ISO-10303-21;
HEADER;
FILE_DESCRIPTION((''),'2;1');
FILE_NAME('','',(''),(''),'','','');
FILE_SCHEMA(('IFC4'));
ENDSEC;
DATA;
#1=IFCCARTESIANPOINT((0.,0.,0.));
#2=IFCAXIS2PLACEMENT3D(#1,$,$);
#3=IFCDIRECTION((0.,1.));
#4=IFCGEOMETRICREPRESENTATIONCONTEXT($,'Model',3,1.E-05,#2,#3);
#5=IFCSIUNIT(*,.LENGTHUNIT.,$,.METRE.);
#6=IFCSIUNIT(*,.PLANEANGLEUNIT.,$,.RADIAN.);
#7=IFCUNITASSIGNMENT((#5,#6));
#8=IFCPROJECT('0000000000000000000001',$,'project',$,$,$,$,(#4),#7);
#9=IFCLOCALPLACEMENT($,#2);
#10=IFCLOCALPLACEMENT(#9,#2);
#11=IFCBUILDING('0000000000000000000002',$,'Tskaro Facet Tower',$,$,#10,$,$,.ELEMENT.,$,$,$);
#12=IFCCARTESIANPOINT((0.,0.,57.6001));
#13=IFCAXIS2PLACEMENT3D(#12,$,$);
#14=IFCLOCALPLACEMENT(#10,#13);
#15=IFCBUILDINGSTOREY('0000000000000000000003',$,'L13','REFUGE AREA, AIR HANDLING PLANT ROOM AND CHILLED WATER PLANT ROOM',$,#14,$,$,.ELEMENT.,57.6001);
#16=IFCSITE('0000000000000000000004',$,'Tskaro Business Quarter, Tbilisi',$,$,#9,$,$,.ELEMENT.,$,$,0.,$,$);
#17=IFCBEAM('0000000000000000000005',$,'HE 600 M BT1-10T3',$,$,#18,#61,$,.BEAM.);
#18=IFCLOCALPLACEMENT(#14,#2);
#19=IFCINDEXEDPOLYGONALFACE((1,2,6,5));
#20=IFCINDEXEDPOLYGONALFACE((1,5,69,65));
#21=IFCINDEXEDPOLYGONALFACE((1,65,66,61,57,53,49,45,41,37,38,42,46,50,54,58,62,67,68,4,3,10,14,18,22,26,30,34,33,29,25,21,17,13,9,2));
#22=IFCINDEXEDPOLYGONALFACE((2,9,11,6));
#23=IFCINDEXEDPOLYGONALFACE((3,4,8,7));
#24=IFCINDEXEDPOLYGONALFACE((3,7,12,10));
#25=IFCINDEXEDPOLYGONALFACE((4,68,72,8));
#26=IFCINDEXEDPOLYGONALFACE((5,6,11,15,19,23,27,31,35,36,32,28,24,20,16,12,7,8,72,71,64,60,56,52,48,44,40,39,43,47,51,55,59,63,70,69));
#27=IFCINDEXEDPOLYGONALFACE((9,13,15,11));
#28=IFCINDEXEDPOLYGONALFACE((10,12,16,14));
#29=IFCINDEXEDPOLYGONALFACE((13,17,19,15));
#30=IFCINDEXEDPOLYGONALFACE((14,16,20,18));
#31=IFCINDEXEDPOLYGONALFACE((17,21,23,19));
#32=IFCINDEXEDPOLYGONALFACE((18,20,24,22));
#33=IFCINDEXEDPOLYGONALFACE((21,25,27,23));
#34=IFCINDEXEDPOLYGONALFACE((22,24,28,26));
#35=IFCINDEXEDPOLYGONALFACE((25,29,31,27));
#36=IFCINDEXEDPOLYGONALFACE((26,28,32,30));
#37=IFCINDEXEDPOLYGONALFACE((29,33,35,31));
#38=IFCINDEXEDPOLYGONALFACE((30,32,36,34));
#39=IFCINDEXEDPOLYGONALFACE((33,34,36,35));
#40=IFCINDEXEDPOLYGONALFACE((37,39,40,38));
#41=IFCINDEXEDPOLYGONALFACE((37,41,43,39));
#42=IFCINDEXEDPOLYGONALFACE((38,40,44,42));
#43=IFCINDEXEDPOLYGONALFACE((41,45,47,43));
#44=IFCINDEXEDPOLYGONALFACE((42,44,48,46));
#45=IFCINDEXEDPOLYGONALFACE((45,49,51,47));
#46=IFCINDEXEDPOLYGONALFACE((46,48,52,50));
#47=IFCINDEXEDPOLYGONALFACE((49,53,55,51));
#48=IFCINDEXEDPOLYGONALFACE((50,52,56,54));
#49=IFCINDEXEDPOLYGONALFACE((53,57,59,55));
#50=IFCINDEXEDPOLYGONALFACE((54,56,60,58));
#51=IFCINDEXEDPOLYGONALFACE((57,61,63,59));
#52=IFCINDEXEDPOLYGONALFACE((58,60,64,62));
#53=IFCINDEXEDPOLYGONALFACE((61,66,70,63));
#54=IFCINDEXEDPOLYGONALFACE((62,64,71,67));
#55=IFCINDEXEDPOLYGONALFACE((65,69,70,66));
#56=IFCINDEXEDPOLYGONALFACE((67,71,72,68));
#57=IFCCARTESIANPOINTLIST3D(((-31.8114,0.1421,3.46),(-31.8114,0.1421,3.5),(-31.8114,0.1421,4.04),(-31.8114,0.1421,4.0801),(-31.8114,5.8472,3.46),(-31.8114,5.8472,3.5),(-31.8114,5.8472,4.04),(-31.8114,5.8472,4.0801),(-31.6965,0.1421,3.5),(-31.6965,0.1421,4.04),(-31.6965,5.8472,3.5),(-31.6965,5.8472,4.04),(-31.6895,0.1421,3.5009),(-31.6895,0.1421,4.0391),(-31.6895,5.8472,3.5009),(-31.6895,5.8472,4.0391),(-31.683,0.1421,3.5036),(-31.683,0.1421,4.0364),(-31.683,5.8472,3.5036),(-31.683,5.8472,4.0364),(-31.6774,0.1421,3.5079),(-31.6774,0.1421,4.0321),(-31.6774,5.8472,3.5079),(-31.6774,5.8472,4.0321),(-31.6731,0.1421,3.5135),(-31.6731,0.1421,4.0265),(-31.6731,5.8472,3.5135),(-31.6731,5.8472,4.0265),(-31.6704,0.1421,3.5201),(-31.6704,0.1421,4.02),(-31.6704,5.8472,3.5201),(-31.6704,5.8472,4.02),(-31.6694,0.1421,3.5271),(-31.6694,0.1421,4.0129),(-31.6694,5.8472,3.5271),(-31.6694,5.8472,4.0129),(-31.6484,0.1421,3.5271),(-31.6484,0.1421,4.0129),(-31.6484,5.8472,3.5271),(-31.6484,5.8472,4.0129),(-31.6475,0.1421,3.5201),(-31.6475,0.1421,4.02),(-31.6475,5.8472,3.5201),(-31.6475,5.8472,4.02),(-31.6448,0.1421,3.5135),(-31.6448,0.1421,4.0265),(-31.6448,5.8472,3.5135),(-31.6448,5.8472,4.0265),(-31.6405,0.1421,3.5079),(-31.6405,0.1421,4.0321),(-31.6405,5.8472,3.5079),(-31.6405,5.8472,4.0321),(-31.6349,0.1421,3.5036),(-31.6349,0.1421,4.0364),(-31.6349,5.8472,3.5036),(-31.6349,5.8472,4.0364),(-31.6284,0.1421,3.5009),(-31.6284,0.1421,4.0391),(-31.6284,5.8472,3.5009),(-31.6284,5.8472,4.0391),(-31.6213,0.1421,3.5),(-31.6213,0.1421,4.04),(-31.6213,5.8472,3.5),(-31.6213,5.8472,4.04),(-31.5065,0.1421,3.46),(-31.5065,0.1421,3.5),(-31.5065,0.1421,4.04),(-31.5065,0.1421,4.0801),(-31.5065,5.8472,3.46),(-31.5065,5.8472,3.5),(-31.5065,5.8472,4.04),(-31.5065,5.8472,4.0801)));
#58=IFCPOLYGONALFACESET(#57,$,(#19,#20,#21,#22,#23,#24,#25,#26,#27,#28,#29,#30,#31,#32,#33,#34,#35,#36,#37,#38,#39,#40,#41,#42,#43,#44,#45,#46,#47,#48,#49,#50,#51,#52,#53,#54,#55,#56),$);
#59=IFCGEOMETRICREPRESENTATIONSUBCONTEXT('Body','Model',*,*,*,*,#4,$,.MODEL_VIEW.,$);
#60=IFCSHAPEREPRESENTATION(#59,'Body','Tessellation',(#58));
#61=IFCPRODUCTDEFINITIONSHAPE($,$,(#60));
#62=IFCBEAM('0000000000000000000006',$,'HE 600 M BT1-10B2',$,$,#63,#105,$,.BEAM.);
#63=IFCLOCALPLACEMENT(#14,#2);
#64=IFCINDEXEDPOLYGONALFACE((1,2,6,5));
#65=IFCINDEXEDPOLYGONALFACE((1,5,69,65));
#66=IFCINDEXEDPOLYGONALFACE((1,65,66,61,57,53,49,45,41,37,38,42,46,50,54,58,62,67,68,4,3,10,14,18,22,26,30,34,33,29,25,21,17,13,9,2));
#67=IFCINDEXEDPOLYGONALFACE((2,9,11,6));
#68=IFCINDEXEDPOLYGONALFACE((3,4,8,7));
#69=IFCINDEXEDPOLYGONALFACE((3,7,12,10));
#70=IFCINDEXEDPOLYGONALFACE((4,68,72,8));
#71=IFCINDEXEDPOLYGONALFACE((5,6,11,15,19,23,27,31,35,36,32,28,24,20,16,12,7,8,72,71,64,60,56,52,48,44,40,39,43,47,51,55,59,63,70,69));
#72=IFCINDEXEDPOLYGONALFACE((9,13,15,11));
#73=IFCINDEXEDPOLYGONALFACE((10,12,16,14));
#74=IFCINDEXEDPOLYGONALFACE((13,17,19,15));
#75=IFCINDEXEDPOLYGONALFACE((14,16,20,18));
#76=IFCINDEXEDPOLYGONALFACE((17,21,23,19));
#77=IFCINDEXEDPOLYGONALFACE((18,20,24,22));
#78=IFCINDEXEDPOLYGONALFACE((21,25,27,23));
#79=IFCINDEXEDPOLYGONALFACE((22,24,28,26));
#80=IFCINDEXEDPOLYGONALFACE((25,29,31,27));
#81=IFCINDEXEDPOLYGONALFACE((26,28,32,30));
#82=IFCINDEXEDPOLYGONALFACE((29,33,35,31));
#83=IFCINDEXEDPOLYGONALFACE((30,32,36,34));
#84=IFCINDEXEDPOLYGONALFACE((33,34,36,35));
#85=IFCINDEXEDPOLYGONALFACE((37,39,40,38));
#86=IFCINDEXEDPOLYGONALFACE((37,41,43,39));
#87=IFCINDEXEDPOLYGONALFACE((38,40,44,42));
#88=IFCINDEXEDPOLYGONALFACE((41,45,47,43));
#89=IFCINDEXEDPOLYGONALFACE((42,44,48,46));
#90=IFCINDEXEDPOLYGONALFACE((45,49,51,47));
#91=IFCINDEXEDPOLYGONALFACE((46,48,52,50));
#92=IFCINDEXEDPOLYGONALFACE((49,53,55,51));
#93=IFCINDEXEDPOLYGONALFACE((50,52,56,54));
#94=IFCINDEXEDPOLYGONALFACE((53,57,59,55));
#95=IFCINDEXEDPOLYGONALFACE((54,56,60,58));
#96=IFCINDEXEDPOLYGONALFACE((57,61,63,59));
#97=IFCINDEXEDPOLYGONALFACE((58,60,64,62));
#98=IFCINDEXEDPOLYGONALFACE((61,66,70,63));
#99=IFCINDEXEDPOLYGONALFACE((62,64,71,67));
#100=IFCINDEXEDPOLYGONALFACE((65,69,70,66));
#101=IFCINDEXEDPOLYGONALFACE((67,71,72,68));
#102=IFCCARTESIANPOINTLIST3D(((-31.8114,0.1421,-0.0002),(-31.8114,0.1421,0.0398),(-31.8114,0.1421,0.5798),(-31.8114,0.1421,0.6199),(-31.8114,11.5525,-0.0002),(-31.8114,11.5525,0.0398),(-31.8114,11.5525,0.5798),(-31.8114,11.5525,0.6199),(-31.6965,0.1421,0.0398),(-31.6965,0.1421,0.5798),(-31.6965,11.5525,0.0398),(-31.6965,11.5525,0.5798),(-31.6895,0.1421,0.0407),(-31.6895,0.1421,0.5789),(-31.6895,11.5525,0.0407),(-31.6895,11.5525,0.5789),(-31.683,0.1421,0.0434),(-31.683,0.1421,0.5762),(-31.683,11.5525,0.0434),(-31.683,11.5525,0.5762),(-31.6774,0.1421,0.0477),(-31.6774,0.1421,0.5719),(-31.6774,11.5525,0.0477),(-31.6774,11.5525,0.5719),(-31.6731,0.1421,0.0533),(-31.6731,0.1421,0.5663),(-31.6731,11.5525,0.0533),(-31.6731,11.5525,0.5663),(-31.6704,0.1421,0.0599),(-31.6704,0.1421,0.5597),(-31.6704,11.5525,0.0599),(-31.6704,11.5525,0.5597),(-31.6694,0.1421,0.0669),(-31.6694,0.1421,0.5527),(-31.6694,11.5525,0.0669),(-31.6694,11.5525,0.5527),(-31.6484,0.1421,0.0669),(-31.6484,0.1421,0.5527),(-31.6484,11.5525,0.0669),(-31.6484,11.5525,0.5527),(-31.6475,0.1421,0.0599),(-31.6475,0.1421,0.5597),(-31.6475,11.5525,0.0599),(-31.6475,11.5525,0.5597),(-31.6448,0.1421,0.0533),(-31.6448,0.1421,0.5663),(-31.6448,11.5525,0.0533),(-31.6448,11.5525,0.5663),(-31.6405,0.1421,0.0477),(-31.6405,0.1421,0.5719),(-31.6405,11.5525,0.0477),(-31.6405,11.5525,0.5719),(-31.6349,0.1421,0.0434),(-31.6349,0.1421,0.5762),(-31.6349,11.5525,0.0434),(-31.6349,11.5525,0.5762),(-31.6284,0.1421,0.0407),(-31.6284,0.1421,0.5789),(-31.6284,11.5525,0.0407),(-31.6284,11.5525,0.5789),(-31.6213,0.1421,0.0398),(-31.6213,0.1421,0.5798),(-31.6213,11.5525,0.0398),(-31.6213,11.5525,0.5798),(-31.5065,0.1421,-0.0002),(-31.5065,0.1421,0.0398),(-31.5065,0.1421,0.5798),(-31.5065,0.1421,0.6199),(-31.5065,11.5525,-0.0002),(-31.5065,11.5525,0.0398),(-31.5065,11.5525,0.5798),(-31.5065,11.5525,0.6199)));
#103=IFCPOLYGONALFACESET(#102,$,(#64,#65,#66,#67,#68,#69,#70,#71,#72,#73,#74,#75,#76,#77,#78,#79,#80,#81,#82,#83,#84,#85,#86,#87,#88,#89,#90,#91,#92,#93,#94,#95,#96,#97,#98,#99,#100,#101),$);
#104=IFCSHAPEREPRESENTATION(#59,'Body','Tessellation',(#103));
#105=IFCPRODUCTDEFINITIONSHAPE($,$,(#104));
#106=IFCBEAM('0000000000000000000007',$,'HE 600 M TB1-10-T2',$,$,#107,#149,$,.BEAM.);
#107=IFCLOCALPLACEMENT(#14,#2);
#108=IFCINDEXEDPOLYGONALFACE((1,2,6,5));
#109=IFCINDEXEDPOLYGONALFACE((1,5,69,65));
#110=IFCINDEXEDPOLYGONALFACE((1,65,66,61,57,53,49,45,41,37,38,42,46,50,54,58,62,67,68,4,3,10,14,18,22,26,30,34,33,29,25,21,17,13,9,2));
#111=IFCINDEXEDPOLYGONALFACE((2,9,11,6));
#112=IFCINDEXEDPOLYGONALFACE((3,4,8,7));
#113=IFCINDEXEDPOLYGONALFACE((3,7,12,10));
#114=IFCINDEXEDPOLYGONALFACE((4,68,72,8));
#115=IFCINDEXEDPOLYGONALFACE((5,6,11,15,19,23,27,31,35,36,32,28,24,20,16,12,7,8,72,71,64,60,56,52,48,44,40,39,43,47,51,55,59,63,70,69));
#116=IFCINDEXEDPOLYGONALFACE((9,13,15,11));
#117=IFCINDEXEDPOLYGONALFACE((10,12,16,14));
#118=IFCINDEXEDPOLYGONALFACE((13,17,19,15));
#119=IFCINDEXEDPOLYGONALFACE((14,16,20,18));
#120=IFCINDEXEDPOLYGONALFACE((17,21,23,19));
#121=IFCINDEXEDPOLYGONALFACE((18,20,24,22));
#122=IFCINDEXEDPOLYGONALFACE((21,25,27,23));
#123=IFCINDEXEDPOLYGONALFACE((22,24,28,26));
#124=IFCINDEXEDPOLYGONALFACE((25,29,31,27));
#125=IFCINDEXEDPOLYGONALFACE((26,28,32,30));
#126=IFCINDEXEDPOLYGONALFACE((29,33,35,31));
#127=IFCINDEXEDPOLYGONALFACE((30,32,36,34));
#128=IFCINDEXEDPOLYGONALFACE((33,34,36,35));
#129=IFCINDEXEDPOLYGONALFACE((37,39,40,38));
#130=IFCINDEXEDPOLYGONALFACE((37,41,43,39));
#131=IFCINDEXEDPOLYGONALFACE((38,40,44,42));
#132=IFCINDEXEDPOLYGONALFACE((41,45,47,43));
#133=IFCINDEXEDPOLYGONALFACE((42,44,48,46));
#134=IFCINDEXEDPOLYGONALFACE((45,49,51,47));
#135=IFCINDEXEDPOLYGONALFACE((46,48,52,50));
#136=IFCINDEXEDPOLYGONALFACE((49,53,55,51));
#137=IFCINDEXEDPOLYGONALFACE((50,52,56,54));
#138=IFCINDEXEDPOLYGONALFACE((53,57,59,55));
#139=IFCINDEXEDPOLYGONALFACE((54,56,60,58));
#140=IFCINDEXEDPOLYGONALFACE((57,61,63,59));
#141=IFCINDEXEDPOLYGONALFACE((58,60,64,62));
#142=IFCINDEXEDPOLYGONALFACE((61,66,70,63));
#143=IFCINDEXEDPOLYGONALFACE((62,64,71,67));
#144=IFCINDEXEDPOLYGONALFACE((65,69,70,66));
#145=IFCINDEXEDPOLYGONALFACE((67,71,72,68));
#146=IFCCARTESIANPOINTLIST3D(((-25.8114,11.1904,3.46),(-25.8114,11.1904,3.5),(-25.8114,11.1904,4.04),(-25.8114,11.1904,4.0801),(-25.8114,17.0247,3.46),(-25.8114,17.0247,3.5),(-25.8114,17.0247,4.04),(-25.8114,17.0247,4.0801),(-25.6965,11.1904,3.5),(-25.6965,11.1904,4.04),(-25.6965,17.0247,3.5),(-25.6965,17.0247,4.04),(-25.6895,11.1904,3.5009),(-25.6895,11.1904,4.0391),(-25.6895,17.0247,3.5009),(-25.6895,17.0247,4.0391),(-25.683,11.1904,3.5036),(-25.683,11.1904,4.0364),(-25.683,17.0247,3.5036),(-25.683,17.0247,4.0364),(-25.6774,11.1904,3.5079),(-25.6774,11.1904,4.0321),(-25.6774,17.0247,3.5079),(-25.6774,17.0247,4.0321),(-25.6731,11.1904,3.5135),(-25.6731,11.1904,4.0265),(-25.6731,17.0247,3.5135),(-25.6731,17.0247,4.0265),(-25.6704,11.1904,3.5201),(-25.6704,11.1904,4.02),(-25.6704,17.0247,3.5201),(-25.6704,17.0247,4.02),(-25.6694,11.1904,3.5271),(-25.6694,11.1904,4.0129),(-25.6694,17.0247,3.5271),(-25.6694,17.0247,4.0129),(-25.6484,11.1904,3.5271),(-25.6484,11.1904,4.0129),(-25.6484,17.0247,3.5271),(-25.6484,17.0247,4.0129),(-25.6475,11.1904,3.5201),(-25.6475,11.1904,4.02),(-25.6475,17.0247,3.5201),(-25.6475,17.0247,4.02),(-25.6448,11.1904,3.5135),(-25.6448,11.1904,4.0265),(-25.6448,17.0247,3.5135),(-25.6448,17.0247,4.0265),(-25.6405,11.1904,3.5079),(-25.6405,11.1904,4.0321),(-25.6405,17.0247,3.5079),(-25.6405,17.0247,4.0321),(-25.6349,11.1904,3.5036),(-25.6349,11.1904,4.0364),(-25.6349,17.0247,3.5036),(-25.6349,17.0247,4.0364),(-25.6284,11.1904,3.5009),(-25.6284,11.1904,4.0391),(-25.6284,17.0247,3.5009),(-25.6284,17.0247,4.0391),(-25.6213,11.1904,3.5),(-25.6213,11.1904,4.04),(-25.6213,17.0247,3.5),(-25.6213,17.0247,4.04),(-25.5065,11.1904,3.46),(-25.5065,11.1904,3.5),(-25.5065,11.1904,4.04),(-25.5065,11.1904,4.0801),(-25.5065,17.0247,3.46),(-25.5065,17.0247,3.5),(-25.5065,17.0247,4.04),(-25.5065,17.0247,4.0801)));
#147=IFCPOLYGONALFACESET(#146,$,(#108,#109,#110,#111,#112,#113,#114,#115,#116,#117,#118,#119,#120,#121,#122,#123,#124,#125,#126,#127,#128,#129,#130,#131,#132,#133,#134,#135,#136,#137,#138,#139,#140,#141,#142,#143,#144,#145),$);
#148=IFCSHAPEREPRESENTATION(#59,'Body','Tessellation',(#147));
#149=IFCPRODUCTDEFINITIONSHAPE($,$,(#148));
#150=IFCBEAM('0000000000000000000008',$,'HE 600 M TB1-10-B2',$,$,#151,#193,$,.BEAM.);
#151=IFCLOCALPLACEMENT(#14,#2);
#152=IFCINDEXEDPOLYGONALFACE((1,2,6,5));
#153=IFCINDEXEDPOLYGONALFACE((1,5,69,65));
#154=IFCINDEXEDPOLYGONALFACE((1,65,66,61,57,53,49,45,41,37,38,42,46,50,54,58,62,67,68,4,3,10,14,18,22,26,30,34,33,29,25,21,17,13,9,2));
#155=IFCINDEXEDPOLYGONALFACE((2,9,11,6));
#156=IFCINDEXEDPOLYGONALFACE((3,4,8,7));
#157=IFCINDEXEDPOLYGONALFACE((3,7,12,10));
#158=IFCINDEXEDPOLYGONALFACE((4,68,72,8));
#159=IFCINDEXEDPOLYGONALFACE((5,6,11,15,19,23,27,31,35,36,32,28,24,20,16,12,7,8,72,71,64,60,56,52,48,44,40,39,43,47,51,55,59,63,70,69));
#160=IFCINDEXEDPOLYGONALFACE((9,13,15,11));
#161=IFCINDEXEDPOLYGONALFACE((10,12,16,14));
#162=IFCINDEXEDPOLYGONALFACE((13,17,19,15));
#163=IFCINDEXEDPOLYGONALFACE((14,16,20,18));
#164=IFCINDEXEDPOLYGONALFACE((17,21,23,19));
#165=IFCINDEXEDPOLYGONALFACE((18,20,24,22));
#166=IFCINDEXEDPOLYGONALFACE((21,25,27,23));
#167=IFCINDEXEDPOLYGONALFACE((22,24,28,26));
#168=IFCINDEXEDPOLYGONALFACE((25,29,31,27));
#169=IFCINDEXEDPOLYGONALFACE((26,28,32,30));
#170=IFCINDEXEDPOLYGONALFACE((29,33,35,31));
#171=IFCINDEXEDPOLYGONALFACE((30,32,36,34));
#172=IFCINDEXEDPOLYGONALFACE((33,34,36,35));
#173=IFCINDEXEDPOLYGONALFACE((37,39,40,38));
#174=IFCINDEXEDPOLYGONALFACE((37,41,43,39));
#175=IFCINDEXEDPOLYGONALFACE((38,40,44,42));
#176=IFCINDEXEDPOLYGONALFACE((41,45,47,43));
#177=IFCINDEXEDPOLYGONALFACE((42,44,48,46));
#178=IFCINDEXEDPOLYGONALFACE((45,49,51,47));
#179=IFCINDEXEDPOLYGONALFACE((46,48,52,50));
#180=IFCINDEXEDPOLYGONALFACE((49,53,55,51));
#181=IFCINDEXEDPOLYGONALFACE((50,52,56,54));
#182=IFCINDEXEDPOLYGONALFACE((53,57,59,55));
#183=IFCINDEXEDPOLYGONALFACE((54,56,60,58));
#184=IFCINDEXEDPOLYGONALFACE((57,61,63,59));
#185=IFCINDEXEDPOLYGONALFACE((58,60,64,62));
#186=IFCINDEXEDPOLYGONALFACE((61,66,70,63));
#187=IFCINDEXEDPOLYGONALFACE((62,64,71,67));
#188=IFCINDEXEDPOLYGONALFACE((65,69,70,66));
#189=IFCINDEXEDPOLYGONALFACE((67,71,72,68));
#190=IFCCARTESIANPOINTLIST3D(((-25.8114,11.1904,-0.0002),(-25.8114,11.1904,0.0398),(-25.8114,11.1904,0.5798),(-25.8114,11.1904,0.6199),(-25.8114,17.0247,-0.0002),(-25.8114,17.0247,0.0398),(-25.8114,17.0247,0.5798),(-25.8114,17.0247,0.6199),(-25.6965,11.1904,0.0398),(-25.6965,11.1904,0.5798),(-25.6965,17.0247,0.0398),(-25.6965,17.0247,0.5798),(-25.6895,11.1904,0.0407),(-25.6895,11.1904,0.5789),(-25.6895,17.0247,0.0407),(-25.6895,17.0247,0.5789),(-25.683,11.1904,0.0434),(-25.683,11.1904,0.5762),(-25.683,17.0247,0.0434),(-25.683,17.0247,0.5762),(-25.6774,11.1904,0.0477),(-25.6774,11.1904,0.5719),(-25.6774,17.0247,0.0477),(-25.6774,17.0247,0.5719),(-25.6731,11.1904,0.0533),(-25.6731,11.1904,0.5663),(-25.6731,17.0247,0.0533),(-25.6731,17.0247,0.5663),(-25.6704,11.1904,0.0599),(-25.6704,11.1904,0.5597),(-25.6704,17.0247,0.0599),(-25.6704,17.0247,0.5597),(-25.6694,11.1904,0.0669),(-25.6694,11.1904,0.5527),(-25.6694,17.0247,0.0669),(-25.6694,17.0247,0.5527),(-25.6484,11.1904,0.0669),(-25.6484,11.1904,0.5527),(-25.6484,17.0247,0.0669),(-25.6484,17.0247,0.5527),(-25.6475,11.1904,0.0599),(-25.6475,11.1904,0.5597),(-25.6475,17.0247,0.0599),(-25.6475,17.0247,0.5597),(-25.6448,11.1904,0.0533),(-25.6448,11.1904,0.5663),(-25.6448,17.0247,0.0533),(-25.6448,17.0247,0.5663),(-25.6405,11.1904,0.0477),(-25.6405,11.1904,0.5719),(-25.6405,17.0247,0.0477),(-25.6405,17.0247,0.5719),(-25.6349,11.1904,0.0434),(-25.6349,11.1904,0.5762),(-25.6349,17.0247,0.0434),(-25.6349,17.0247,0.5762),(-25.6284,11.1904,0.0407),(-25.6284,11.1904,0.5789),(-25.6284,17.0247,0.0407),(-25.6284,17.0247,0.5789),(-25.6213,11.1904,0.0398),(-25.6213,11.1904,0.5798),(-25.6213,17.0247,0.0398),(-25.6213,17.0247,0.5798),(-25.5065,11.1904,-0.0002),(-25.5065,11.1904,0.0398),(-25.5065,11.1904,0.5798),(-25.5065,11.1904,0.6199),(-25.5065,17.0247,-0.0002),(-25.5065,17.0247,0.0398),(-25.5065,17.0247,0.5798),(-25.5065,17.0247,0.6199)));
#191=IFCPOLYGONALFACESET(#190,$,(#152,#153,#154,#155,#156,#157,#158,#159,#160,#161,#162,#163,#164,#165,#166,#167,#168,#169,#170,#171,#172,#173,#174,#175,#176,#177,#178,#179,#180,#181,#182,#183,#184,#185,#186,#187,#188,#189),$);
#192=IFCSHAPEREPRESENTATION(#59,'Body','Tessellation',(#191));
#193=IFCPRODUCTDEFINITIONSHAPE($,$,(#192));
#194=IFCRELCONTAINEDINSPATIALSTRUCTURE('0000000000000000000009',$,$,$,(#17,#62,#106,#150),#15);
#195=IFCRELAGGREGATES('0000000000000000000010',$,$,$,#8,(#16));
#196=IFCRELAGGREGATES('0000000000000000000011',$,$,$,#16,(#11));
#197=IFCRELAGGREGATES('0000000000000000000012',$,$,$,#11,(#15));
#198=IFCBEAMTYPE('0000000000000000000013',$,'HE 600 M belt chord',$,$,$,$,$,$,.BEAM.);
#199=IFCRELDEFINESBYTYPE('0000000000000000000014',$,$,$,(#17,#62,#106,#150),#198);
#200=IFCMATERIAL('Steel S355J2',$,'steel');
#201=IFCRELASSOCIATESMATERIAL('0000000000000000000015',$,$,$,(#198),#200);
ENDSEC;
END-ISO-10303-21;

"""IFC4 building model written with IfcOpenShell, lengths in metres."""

from ifc_helpers import new_model, si_unit, direction, frame, origin, origin_2d, place, context, subcontext, project, spatial, i_section, extrude, material, material_profile, profile_set, type_object, element, save


model = new_model("IFC4")

# Units and contexts
model_context = context("Model", 3, precision=1e-05, world=origin(), true_north=direction((0.0, 1.0)))
body_context = subcontext(model_context, "Body", "Model", "MODEL_VIEW")
ifc_project = project(units=[si_unit("LENGTHUNIT", "METRE"), si_unit("PLANEANGLEUNIT", "RADIAN")], contexts=[model_context])

# Site, building, storey
site_placement = place(None, origin())
site = spatial("IfcSite", under=ifc_project, at=site_placement, Name="Tskaro Business Quarter, Tbilisi", CompositionType="ELEMENT", RefElevation=0.0)
building_placement = place(site_placement, origin())
building = spatial("IfcBuilding", under=site, at=building_placement, Name="Tskaro Facet Tower", CompositionType="ELEMENT")
storey_placement = place(building_placement, frame((0.0, 0.0, 57.6001)))
storey = spatial("IfcBuildingStorey", under=building, at=storey_placement, Name="L13", Description="REFUGE AREA, AIR HANDLING PLANT ROOM AND CHILLED WATER PLANT ROOM", CompositionType="ELEMENT", Elevation=57.6001)

# Shared definitions
ifc_material_1 = material(Name="Steel S355J2", Category="steel")

# Beams
ifc_material_profile_1 = material_profile(ifc_material_1, i_section(OverallWidth=0.3049, OverallDepth=0.6201, WebThickness=0.021, FlangeThickness=0.04, FilletRadius=0.0271, at=origin_2d()), Name="HE 600 M")
ifc_profile_set_1 = profile_set([ifc_material_profile_1], Name="Steel S355J2")
beam_type_1 = type_object("IfcBeamType", Name="HE 600 M belt chord", PredefinedType="BEAM", material=ifc_profile_set_1)
beam_1_placement = place(storey_placement, frame((-31.6589, 5.8472, 3.77), z_axis=(0.0, -1.0, 0.0), x_axis=(1.0, 0.0, 0.0)))
element("IfcBeam", 1, at=beam_1_placement, inside=storey, type_object=beam_type_1, Name="HE 600 M BT1-10T3", PredefinedType="BEAM", context=body_context, shape_type="SweptSolid", body=[
    extrude(i_section(OverallWidth=0.3049, OverallDepth=0.6201, WebThickness=0.021, FlangeThickness=0.04, FilletRadius=0.0271, at=origin_2d()), origin(), (0.0, 0.0, 1.0), 5.7051),
])
beam_2_placement = place(storey_placement, frame((-31.6589, 11.5525, 0.3098), z_axis=(0.0, -1.0, 0.0), x_axis=(1.0, 0.0, 0.0)))
element("IfcBeam", 2, at=beam_2_placement, inside=storey, type_object=beam_type_1, Name="HE 600 M BT1-10B2", PredefinedType="BEAM", context=body_context, shape_type="SweptSolid", body=[
    extrude(i_section(OverallWidth=0.3049, OverallDepth=0.6201, WebThickness=0.021, FlangeThickness=0.04, FilletRadius=0.0271, at=origin_2d()), origin(), (0.0, 0.0, 1.0), 11.4104),
])
for number, where, z_axis, x_axis, name in (
    (3, (-25.6589, 17.0247, 3.77), (0.0, -1.0, 0.0), (1.0, 0.0, 0.0), "HE 600 M TB1-10-T2"),
    (4, (-25.6589, 17.0247, 0.3098), (0.0, -1.0, 0.0), (1.0, 0.0, 0.0), "HE 600 M TB1-10-B2"),
):
    element("IfcBeam", number, at=place(storey_placement, frame(where, z_axis=z_axis, x_axis=x_axis)), inside=storey, type_object=beam_type_1, Name=name, PredefinedType="BEAM", context=body_context, shape_type="SweptSolid", body=[
        extrude(i_section(OverallWidth=0.3049, OverallDepth=0.6201, WebThickness=0.021, FlangeThickness=0.04, FilletRadius=0.0271, at=origin_2d()), origin(), (0.0, 0.0, 1.0), 5.8342),
    ])

save(model, "model.ifc")
